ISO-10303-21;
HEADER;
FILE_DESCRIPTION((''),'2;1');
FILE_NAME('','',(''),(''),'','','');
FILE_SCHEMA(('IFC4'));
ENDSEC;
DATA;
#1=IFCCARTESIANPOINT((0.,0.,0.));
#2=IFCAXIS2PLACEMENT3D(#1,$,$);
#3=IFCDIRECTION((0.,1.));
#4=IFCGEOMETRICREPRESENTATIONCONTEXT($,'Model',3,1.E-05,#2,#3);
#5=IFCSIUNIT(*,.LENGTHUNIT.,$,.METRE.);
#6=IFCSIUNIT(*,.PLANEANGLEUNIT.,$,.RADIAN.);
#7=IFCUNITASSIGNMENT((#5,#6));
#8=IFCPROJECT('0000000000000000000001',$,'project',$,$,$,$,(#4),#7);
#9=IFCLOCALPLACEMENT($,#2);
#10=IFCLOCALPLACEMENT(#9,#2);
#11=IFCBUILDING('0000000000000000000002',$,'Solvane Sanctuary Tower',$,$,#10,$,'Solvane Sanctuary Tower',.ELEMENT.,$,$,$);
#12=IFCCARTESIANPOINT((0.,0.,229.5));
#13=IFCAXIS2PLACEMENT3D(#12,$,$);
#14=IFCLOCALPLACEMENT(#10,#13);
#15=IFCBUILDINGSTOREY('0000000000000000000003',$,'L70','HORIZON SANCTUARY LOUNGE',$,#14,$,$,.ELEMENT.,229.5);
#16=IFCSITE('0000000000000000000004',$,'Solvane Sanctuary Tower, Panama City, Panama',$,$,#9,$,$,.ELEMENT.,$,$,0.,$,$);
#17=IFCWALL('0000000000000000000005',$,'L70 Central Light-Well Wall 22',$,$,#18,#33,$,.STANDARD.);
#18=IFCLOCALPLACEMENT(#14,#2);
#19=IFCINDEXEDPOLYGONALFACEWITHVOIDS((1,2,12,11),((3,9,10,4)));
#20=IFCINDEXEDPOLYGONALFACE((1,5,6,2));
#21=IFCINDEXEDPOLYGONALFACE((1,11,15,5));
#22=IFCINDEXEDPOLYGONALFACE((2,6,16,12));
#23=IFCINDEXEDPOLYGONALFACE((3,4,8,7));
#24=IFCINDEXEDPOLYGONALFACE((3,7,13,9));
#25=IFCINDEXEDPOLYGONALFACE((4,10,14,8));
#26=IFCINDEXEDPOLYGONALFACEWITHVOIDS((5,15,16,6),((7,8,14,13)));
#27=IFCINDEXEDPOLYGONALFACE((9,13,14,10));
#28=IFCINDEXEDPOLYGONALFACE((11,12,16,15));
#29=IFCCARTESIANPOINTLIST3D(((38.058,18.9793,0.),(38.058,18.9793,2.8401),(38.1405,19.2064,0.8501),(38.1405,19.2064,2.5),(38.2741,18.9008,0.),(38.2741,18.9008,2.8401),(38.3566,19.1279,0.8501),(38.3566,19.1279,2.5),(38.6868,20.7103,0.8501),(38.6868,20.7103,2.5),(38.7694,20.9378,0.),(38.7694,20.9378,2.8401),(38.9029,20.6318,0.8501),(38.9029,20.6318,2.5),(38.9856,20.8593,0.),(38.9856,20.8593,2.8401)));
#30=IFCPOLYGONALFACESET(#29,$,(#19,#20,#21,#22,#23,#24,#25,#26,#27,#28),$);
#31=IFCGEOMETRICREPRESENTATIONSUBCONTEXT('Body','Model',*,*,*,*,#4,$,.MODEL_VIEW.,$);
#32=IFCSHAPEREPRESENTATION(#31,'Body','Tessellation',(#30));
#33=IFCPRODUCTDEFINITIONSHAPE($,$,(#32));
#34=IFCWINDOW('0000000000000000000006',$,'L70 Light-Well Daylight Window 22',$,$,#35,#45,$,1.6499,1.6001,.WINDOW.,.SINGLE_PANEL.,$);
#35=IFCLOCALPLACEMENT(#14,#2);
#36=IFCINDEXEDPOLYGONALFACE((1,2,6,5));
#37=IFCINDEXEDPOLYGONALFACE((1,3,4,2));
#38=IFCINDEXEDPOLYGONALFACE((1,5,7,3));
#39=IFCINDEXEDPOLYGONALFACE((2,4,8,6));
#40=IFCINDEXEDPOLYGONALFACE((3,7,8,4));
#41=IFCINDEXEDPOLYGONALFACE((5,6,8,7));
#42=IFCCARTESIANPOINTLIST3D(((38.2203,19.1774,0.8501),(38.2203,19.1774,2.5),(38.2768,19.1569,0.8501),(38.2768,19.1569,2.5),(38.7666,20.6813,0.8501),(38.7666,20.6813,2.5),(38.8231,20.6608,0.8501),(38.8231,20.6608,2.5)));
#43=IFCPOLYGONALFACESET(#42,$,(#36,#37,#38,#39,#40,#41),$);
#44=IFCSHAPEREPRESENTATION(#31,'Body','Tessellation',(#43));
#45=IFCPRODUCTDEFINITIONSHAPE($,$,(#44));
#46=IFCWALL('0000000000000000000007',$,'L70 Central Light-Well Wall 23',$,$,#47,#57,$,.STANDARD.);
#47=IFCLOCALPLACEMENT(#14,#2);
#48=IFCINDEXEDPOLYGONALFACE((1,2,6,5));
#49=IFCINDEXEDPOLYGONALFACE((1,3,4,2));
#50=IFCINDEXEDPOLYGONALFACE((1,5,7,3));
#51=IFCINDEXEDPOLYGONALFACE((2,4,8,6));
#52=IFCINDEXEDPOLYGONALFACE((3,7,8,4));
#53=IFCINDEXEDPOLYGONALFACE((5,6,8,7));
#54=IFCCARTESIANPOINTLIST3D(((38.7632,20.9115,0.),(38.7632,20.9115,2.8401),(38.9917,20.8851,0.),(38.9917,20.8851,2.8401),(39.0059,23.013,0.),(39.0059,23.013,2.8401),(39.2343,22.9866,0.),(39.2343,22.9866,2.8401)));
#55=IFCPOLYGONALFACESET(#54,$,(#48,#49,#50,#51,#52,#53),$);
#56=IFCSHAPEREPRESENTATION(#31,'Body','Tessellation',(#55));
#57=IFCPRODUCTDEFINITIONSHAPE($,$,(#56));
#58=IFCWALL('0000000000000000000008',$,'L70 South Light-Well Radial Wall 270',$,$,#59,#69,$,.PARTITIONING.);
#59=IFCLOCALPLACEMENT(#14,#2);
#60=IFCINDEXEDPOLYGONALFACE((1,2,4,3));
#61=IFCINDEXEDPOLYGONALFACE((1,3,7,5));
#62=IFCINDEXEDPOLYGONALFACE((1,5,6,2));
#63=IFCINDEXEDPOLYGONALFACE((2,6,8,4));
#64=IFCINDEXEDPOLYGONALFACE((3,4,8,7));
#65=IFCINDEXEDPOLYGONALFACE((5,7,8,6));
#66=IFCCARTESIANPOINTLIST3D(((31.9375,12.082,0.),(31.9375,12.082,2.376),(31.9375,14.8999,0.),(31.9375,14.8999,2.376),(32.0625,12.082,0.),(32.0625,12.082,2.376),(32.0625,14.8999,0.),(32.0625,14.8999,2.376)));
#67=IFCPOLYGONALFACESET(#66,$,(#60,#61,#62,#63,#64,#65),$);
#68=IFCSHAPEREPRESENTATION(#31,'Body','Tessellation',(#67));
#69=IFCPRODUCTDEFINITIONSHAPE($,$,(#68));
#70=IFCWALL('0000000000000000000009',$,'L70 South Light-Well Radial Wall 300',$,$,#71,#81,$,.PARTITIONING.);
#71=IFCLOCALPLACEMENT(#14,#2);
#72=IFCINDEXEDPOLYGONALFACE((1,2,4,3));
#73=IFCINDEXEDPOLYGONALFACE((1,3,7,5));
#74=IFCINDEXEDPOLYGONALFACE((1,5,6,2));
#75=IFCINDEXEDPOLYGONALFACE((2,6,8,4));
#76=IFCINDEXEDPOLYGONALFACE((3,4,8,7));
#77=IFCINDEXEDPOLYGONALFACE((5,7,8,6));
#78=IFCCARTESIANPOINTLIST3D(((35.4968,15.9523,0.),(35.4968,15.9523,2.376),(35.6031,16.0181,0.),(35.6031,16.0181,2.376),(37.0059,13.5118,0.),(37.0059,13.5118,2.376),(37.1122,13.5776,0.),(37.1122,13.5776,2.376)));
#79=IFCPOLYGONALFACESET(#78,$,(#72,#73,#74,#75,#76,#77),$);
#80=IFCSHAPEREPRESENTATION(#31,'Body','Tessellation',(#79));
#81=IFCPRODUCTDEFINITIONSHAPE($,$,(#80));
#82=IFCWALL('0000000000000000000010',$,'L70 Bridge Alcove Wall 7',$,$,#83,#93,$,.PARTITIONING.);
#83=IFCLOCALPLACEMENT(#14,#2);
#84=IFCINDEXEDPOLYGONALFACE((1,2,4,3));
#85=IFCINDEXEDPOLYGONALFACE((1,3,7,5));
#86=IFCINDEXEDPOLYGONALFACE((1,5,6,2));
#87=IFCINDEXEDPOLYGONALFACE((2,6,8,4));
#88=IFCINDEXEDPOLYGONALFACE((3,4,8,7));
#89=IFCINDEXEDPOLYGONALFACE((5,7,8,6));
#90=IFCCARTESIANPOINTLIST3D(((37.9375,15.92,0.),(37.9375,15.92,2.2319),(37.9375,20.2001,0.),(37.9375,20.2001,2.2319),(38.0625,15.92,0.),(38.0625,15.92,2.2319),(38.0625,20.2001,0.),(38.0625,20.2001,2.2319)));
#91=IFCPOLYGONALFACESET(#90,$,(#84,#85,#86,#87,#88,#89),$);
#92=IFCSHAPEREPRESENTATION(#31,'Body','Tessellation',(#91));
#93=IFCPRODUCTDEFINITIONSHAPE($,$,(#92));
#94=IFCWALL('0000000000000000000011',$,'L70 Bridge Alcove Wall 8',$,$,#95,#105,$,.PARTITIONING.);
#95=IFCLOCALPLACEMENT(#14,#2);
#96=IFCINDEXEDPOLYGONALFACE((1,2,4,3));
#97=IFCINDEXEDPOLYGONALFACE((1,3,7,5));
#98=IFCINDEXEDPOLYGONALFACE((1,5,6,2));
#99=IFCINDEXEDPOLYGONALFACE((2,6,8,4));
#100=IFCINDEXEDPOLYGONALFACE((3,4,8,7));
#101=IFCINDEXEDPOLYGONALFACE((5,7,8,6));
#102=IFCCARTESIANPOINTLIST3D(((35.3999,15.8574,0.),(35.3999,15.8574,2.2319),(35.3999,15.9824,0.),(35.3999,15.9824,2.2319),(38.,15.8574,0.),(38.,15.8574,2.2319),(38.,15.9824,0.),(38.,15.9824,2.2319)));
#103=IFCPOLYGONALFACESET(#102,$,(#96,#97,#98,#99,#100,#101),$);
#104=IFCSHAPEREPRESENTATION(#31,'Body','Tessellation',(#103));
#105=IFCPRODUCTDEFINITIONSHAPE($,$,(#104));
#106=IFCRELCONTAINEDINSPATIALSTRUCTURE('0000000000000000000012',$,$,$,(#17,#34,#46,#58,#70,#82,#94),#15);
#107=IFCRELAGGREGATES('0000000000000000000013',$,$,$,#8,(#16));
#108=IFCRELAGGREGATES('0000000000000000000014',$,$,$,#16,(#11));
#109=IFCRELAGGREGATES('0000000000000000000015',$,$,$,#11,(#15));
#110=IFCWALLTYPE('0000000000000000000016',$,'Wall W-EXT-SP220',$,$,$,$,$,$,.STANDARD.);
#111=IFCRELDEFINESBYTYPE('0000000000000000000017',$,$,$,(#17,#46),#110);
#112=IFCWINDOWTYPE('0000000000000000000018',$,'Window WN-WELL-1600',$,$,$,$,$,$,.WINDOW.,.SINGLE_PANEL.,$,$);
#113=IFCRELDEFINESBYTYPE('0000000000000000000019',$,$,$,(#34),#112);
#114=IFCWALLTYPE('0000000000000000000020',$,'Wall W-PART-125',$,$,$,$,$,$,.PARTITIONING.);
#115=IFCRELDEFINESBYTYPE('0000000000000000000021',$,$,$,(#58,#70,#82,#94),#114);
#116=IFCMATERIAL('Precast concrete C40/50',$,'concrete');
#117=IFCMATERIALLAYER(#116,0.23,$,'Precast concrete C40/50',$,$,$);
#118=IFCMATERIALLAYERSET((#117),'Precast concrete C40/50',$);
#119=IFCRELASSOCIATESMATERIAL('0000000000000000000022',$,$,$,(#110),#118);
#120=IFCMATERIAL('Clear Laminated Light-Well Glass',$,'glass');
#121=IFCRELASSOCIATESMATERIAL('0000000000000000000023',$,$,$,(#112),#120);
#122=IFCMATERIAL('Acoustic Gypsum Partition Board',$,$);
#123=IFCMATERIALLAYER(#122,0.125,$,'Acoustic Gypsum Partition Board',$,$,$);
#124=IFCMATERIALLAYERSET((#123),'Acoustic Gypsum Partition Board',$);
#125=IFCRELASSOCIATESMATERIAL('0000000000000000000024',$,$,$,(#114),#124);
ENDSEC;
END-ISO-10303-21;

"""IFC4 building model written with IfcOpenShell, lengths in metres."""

from ifc_helpers import new_model, si_unit, direction, frame, frame_2d, origin, place, context, subcontext, project, spatial, rectangle, extrude, material, layer, layer_set, type_object, element, fill, save


model = new_model("IFC4")

# Units and contexts
model_context = context("Model", 3, precision=1e-05, world=origin(), true_north=direction((0.0, 1.0)))
body_context = subcontext(model_context, "Body", "Model", "MODEL_VIEW")
ifc_project = project(units=[si_unit("LENGTHUNIT", "METRE"), si_unit("PLANEANGLEUNIT", "RADIAN")], contexts=[model_context])

# Site, building, storey
site_placement = place(None, origin())
site = spatial("IfcSite", under=ifc_project, at=site_placement, Name="Solvane Sanctuary Tower, Panama City, Panama", CompositionType="ELEMENT", RefElevation=0.0)
building_placement = place(site_placement, origin())
building = spatial("IfcBuilding", under=site, at=building_placement, Name="Solvane Sanctuary Tower", LongName="Solvane Sanctuary Tower", CompositionType="ELEMENT")
storey_placement = place(building_placement, frame((0.0, 0.0, 229.5)))
storey = spatial("IfcBuildingStorey", under=building, at=storey_placement, Name="L70", Description="HORIZON SANCTUARY LOUNGE", CompositionType="ELEMENT", Elevation=229.5)

# Shared definitions
ifc_material_1 = material(Name="Precast concrete C40/50", Category="concrete")
ifc_layer_1 = layer(ifc_material_1, 0.23, Name="Precast concrete C40/50")
ifc_layer_set_1 = layer_set([ifc_layer_1], Name="Precast concrete C40/50")
wall_type_1 = type_object("IfcWallType", Name="Wall W-EXT-SP220", PredefinedType="STANDARD", material=ifc_layer_set_1)

# Wall, opening, window
wall_1_placement = place(storey_placement, frame((38.166, 18.9399, 0.0), z_axis=(0.0, 0.0, 1.0), x_axis=(0.341423, 0.93991, 0.0)))
wall_1 = element("IfcWall", 1, at=wall_1_placement, inside=storey, type_object=wall_type_1, Name="L70 Central Light-Well Wall 22", PredefinedType="STANDARD", context=body_context, shape_type="SweptSolid", body=[
    extrude(rectangle(XDim=2.0837, YDim=0.23, at=frame_2d((1.042, 0.0))), origin(), (0.0, 0.0, 1.0), 2.8401),
])
opening_placement = place(wall_1_placement, frame((0.2417, 0.0, 0.8501)))
opening = element("IfcOpeningElement", 2, at=opening_placement, cuts=wall_1, PredefinedType="OPENING", context=body_context, shape_type="SweptSolid", body=[
    extrude(rectangle(XDim=1.6001, YDim=1.6499, at=frame_2d((0.8, 0.825))), frame((0.0, 0.125, 0.0), z_axis=(0.0, -1.0, 0.0), x_axis=(1.0, 0.0, 0.0)), (0.0, 0.0, 1.0), 0.25),
])
ifc_material_2 = material(Name="Clear Laminated Light-Well Glass", Category="glass")
window_type = type_object("IfcWindowType", Name="Window WN-WELL-1600", PartitioningType="SINGLE_PANEL", PredefinedType="WINDOW", material=ifc_material_2)
window_placement = place(opening_placement, origin())
window = element("IfcWindow", 3, at=window_placement, inside=storey, type_object=window_type, Name="L70 Light-Well Daylight Window 22", OverallHeight=1.6499, OverallWidth=1.6001, PartitioningType="SINGLE_PANEL", PredefinedType="WINDOW", context=body_context, shape_type="SweptSolid", body=[
    extrude(rectangle(XDim=1.6001, YDim=1.6499, at=frame_2d((0.8, 0.825))), frame((0.0, 0.03, 0.0), z_axis=(0.0, -1.0, 0.0), x_axis=(1.0, 0.0, 0.0)), (0.0, 0.0, 1.0), 0.0601),
])
fill(opening, window)

# Walls
wall_2_placement = place(storey_placement, frame((38.8774, 20.8984, 0.0), z_axis=(0.0, 0.0, 1.0), x_axis=(0.114712, 0.993399, 0.0)))
element("IfcWall", 4, at=wall_2_placement, inside=storey, type_object=wall_type_1, Name="L70 Central Light-Well Wall 23", PredefinedType="STANDARD", context=body_context, shape_type="SweptSolid", body=[
    extrude(rectangle(XDim=2.1155, YDim=0.23, at=frame_2d((1.0576, 0.0))), origin(), (0.0, 0.0, 1.0), 2.8401),
])
ifc_material_3 = material(Name="Acoustic Gypsum Partition Board")
ifc_layer_2 = layer(ifc_material_3, 0.125, Name="Acoustic Gypsum Partition Board")
ifc_layer_set_2 = layer_set([ifc_layer_2], Name="Acoustic Gypsum Partition Board")
wall_type_2 = type_object("IfcWallType", Name="Wall W-PART-125", PredefinedType="PARTITIONING", material=ifc_layer_set_2)
wall_3_placement = place(storey_placement, frame((32.0, 14.8999, 0.0), z_axis=(0.0, 0.0, 1.0), x_axis=(0.0, -1.0, 0.0)))
element("IfcWall", 5, at=wall_3_placement, inside=storey, type_object=wall_type_2, Name="L70 South Light-Well Radial Wall 270", PredefinedType="PARTITIONING", context=body_context, shape_type="SweptSolid", body=[
    extrude(rectangle(XDim=2.8179, YDim=0.125, at=frame_2d((1.4089, 0.0))), origin(), (0.0, 0.0, 1.0), 2.376),
])
wall_4_placement = place(storey_placement, frame((35.55, 15.9851, 0.0), z_axis=(0.0, 0.0, 1.0), x_axis=(0.525924, -0.850532, 0.0)))
element("IfcWall", 6, at=wall_4_placement, inside=storey, type_object=wall_type_2, Name="L70 South Light-Well Radial Wall 300", PredefinedType="PARTITIONING", context=body_context, shape_type="SweptSolid", body=[
    extrude(rectangle(XDim=2.8694, YDim=0.125, at=frame_2d((1.4346, 0.0))), origin(), (0.0, 0.0, 1.0), 2.376),
])
wall_5_placement = place(storey_placement, frame((38.0, 15.9199, 0.0), z_axis=(0.0, 0.0, 1.0), x_axis=(0.0, 1.0, 0.0)))
element("IfcWall", 7, at=wall_5_placement, inside=storey, type_object=wall_type_2, Name="L70 Bridge Alcove Wall 7", PredefinedType="PARTITIONING", context=body_context, shape_type="SweptSolid", body=[
    extrude(rectangle(XDim=4.28, YDim=0.125, at=frame_2d((2.1401, 0.0))), origin(), (0.0, 0.0, 1.0), 2.2319),
])
wall_6_placement = place(storey_placement, frame((35.3999, 15.9199, 0.0), z_axis=(0.0, 0.0, 1.0), x_axis=(1.0, 0.0, 0.0)))
element("IfcWall", 8, at=wall_6_placement, inside=storey, type_object=wall_type_2, Name="L70 Bridge Alcove Wall 8", PredefinedType="PARTITIONING", context=body_context, shape_type="SweptSolid", body=[
    extrude(rectangle(XDim=2.6001, YDim=0.125, at=frame_2d((1.3, 0.0))), origin(), (0.0, 0.0, 1.0), 2.2319),
])

save(model, "model.ifc")
